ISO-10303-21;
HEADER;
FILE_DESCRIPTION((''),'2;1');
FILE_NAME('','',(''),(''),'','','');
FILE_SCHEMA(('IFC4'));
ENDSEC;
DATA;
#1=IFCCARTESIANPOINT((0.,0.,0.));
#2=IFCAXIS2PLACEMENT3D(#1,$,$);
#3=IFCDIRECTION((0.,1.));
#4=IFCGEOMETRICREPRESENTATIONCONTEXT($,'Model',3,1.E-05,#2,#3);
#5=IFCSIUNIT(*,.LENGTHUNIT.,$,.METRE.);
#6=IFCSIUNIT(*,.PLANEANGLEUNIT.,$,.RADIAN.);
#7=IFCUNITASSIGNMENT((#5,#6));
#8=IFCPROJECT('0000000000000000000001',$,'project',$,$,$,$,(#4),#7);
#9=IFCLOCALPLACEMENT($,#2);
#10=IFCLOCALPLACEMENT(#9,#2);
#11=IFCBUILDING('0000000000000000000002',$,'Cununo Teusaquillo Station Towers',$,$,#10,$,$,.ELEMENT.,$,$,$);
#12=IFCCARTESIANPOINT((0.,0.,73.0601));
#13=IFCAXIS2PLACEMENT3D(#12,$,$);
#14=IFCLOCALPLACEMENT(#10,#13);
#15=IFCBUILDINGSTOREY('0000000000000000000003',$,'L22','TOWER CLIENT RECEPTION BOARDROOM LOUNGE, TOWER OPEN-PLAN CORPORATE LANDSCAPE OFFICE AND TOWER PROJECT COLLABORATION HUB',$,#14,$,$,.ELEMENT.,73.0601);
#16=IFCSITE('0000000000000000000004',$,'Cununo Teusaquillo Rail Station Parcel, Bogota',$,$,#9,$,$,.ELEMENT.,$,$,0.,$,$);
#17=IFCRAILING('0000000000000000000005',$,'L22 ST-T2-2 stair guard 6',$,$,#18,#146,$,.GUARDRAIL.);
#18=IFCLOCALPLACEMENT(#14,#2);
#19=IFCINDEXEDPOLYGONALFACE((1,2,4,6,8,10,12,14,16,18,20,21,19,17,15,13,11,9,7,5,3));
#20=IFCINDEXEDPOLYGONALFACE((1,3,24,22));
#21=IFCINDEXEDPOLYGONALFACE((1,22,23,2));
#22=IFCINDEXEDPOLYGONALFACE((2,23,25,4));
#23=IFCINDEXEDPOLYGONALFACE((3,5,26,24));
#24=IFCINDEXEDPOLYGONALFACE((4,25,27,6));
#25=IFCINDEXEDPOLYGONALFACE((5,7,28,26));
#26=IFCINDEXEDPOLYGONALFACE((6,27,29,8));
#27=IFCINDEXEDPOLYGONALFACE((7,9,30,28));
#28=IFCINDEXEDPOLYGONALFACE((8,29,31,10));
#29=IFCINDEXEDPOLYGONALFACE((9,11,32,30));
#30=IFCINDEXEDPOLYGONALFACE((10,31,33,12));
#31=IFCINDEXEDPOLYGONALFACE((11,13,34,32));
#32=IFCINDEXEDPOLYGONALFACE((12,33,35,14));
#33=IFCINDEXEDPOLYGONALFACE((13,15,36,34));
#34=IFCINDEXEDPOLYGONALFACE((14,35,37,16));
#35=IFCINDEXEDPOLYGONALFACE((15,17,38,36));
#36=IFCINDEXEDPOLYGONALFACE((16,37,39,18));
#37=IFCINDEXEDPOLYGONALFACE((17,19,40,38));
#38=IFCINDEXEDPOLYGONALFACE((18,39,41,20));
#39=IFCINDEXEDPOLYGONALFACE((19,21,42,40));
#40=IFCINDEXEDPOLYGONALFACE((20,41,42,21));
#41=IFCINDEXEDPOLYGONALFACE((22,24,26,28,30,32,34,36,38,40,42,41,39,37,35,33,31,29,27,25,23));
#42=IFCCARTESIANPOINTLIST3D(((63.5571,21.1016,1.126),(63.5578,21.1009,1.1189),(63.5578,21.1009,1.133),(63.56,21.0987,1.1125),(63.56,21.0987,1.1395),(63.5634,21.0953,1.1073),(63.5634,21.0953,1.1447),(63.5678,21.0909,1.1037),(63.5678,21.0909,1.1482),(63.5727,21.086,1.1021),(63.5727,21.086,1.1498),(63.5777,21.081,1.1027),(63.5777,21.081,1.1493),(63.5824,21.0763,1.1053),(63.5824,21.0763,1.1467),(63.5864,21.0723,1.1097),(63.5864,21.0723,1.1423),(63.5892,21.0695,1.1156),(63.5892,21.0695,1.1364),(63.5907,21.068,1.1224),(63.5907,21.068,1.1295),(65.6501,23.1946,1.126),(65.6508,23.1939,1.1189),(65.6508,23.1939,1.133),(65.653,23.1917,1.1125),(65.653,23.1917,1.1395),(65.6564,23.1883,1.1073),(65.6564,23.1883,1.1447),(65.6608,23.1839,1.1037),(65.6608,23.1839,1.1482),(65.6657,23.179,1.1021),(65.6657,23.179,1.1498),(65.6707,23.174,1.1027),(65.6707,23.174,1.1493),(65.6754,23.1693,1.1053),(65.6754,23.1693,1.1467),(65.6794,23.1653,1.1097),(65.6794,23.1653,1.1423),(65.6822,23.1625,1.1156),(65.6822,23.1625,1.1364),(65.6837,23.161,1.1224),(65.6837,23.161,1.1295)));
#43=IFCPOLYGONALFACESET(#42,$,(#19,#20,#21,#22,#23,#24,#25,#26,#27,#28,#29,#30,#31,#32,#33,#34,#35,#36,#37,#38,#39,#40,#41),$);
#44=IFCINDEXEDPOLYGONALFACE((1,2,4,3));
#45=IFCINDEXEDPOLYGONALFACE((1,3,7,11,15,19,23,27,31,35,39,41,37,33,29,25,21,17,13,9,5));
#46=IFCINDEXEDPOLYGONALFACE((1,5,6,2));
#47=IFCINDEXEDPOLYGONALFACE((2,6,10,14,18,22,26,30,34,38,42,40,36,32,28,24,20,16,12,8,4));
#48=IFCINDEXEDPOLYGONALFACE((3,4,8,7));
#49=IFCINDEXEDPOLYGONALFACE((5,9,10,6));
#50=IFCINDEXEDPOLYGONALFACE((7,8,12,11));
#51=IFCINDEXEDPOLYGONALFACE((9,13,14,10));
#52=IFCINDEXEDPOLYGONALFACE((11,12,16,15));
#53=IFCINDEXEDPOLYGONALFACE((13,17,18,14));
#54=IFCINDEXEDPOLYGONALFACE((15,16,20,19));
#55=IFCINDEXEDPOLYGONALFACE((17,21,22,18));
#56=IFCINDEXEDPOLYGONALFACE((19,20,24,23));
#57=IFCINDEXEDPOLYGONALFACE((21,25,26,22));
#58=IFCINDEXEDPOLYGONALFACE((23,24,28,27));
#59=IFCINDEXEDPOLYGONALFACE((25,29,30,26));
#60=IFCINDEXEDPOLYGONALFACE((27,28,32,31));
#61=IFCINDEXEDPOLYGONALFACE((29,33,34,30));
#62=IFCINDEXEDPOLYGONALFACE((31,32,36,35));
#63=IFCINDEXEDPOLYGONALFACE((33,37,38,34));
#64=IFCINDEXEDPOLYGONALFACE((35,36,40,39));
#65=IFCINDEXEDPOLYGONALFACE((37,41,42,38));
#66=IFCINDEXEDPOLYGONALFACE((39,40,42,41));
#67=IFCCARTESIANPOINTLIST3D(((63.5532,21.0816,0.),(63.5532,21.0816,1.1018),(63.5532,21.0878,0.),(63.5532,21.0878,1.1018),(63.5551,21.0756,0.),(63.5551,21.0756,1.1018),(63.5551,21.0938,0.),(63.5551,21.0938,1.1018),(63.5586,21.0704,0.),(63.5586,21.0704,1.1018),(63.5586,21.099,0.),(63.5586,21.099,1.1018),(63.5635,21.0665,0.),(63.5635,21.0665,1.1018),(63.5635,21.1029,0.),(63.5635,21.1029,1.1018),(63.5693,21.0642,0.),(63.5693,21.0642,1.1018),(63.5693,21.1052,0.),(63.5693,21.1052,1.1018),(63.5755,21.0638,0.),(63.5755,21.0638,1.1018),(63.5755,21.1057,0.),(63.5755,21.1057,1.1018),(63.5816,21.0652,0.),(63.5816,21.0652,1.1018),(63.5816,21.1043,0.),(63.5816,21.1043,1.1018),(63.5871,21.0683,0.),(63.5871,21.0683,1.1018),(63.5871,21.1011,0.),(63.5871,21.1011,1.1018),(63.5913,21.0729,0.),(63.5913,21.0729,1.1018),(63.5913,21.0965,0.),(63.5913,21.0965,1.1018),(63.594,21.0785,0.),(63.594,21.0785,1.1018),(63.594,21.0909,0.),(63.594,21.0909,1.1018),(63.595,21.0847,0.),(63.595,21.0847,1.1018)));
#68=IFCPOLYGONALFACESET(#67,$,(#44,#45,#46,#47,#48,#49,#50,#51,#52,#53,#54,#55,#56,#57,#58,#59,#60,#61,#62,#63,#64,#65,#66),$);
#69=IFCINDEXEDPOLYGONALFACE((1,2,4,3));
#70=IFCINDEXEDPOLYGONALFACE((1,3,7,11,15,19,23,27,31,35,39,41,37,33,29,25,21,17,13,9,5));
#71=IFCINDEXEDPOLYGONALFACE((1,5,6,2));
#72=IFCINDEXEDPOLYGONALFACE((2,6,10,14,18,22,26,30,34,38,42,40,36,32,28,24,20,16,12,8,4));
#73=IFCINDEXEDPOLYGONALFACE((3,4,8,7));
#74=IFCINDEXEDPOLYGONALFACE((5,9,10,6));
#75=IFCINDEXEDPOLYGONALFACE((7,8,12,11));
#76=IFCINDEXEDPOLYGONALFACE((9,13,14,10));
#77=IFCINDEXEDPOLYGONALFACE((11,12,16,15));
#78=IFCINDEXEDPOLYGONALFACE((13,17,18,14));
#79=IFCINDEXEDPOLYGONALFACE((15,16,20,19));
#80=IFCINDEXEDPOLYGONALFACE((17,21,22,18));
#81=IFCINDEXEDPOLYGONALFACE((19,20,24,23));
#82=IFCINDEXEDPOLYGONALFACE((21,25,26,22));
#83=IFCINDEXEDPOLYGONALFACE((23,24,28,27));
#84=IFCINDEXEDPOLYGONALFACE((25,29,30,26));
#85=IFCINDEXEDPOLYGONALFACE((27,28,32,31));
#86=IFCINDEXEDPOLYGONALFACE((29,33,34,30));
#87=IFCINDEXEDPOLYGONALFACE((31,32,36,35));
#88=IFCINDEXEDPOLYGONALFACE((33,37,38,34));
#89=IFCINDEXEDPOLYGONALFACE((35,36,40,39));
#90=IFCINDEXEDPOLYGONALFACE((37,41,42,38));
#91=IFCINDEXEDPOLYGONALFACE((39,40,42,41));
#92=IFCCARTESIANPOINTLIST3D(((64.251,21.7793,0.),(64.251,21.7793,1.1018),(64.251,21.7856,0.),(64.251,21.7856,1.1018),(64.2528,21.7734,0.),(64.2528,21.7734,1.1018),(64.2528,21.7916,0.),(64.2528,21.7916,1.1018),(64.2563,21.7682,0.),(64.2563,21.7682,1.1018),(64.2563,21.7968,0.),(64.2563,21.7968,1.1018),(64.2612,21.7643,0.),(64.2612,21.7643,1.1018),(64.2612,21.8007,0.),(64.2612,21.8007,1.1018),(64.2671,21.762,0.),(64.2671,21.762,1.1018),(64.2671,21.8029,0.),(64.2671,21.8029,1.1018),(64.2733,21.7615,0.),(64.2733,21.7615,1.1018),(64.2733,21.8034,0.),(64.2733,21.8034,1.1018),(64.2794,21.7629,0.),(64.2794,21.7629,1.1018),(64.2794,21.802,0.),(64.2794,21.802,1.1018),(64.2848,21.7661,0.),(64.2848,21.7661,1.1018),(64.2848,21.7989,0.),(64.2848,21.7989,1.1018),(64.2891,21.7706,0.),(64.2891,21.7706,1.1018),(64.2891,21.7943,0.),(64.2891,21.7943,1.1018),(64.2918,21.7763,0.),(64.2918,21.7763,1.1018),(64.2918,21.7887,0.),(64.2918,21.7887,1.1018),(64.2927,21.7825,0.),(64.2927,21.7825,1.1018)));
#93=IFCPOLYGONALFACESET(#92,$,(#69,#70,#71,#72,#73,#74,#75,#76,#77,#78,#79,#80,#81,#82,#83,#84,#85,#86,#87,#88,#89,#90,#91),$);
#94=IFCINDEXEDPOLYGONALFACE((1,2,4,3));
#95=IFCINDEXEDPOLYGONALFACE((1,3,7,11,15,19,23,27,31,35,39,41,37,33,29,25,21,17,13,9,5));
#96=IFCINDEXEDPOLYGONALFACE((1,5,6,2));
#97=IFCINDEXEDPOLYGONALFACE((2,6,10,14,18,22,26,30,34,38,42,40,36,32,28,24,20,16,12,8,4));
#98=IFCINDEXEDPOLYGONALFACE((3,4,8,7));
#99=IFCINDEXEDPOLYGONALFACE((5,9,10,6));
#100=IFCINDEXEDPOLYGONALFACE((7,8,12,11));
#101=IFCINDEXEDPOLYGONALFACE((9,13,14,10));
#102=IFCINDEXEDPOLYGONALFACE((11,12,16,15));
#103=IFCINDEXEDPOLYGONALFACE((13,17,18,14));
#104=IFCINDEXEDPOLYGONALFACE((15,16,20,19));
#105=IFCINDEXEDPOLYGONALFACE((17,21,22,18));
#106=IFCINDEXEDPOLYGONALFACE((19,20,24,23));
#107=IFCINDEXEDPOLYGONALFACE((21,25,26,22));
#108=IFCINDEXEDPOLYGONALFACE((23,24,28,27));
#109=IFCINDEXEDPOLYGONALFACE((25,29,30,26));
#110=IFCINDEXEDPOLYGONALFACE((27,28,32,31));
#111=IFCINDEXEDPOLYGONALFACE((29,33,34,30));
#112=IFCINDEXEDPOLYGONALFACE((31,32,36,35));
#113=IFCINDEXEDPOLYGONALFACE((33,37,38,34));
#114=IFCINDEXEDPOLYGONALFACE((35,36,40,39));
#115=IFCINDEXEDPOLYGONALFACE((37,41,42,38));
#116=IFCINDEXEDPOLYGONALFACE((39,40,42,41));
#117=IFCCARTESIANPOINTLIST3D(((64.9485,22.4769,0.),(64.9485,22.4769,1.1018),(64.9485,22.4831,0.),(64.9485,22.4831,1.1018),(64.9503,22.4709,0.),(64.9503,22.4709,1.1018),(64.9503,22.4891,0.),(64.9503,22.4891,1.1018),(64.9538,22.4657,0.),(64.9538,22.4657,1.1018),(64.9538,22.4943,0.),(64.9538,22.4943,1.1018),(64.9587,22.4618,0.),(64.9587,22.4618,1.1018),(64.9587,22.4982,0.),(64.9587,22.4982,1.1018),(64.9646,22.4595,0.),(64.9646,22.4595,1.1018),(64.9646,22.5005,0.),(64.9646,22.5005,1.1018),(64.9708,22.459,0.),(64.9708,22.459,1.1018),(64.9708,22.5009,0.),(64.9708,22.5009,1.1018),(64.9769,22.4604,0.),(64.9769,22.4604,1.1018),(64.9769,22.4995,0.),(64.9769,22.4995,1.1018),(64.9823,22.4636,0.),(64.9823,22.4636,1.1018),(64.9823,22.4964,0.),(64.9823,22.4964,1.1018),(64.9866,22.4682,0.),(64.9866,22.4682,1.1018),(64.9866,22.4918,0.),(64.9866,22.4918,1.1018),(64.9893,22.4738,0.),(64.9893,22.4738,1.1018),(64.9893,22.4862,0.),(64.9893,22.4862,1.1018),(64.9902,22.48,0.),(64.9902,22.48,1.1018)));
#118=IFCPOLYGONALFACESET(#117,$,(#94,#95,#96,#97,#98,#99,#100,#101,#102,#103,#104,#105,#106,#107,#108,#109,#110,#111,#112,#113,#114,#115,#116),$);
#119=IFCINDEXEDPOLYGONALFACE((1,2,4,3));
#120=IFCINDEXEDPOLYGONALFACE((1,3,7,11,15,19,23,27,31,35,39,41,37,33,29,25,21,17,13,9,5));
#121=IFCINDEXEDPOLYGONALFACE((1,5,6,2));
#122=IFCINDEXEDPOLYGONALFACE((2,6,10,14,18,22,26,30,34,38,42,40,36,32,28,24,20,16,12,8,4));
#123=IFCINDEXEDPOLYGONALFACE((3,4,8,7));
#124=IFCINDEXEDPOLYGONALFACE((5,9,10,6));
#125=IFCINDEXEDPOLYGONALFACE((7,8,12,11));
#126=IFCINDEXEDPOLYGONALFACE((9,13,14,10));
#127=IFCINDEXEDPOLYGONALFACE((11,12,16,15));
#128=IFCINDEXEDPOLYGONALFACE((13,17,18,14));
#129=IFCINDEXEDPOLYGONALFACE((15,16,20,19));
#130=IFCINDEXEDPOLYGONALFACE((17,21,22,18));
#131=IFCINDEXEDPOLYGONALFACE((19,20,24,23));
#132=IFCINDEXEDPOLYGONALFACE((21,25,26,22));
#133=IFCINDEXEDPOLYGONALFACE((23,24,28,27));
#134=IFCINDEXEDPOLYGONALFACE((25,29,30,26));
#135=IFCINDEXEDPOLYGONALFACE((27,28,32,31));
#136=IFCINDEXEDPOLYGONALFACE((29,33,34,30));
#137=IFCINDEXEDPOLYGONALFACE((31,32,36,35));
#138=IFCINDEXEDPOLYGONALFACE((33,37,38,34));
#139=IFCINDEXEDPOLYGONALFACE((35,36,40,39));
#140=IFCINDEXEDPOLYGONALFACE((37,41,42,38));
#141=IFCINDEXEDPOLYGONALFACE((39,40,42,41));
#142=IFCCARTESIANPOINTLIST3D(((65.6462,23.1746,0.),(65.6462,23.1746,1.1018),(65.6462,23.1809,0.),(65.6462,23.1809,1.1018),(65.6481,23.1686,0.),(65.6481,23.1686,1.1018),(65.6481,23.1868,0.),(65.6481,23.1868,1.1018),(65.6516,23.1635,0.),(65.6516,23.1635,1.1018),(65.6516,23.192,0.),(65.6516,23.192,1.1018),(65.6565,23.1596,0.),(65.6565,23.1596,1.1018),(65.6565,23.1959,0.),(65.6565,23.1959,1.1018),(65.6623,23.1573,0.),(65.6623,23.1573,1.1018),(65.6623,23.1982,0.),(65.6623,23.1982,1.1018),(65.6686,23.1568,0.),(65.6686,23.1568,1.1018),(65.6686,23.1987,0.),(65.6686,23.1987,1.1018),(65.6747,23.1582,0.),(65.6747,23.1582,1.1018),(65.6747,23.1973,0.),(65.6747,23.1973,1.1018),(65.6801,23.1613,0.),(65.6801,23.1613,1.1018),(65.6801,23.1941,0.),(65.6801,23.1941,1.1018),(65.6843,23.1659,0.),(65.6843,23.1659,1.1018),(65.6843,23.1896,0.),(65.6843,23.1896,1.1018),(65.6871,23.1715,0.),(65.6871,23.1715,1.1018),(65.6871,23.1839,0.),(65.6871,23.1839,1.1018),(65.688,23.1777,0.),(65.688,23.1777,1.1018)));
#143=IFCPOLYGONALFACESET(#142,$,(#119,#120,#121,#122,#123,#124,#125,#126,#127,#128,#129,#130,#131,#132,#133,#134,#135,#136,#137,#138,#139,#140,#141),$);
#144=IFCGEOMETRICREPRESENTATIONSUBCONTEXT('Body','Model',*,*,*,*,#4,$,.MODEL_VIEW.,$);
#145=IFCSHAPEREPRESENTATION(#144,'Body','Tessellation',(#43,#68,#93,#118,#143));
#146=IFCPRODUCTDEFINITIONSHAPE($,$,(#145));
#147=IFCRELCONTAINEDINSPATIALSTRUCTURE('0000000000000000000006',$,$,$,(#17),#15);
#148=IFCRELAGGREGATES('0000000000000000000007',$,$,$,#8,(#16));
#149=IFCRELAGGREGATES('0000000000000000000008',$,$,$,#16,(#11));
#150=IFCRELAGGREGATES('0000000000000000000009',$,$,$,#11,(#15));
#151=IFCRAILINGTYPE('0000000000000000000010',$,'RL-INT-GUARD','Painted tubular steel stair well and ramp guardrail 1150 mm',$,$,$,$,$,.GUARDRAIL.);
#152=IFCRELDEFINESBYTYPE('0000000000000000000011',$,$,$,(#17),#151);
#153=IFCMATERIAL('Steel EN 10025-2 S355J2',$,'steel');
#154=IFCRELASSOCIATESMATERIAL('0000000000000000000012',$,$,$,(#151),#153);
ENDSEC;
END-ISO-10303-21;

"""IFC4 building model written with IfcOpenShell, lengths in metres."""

from ifc_helpers import new_model, si_unit, direction, frame, origin, origin_2d, place, context, subcontext, project, spatial, circle, extrude, material, type_object, element, save


model = new_model("IFC4")

# Units and contexts
model_context = context("Model", 3, precision=1e-05, world=origin(), true_north=direction((0.0, 1.0)))
body_context = subcontext(model_context, "Body", "Model", "MODEL_VIEW")
ifc_project = project(units=[si_unit("LENGTHUNIT", "METRE"), si_unit("PLANEANGLEUNIT", "RADIAN")], contexts=[model_context])

# Site, building, storey
site_placement = place(None, origin())
site = spatial("IfcSite", under=ifc_project, at=site_placement, Name="Cununo Teusaquillo Rail Station Parcel, Bogota", CompositionType="ELEMENT", RefElevation=0.0)
building_placement = place(site_placement, origin())
building = spatial("IfcBuilding", under=site, at=building_placement, Name="Cununo Teusaquillo Station Towers", CompositionType="ELEMENT")
storey_placement = place(building_placement, frame((0.0, 0.0, 73.0601)))
storey = spatial("IfcBuildingStorey", under=building, at=storey_placement, Name="L22", Description="TOWER CLIENT RECEPTION BOARDROOM LOUNGE, TOWER OPEN-PLAN CORPORATE LANDSCAPE OFFICE AND TOWER PROJECT COLLABORATION HUB", CompositionType="ELEMENT", Elevation=73.0601)

# Railing
ifc_material_1 = material(Name="Steel EN 10025-2 S355J2", Category="steel")
railing_type = type_object("IfcRailingType", Name="RL-INT-GUARD", Description="Painted tubular steel stair well and ramp guardrail 1150 mm", PredefinedType="GUARDRAIL", material=ifc_material_1)
railing_1_placement = place(storey_placement, frame((63.574, 21.0847, 0.0)))
element("IfcRailing", 1, at=railing_1_placement, inside=storey, type_object=railing_type, Name="L22 ST-T2-2 stair guard 6", PredefinedType="GUARDRAIL", context=body_context, shape_type="SweptSolid", body=[
    extrude(circle(Radius=0.0239, at=origin_2d()), frame((0.0, 0.0, 1.126), z_axis=(0.707107, 0.707107, 0.0), x_axis=(-0.707107, 0.707107, 0.0)), (0.0, 0.0, 1.0), 2.96),
    extrude(circle(Radius=0.021, at=origin_2d()), origin(), (0.0, 0.0, 1.0), 1.1018),
    extrude(circle(Radius=0.021, at=origin_2d()), frame((0.6978, 0.6978, 0.0)), (0.0, 0.0, 1.0), 1.1018),
    extrude(circle(Radius=0.021, at=origin_2d()), frame((1.3953, 1.3953, 0.0)), (0.0, 0.0, 1.0), 1.1018),
    extrude(circle(Radius=0.021, at=origin_2d()), frame((2.093, 2.093, 0.0)), (0.0, 0.0, 1.0), 1.1018),
])

save(model, "model.ifc")
